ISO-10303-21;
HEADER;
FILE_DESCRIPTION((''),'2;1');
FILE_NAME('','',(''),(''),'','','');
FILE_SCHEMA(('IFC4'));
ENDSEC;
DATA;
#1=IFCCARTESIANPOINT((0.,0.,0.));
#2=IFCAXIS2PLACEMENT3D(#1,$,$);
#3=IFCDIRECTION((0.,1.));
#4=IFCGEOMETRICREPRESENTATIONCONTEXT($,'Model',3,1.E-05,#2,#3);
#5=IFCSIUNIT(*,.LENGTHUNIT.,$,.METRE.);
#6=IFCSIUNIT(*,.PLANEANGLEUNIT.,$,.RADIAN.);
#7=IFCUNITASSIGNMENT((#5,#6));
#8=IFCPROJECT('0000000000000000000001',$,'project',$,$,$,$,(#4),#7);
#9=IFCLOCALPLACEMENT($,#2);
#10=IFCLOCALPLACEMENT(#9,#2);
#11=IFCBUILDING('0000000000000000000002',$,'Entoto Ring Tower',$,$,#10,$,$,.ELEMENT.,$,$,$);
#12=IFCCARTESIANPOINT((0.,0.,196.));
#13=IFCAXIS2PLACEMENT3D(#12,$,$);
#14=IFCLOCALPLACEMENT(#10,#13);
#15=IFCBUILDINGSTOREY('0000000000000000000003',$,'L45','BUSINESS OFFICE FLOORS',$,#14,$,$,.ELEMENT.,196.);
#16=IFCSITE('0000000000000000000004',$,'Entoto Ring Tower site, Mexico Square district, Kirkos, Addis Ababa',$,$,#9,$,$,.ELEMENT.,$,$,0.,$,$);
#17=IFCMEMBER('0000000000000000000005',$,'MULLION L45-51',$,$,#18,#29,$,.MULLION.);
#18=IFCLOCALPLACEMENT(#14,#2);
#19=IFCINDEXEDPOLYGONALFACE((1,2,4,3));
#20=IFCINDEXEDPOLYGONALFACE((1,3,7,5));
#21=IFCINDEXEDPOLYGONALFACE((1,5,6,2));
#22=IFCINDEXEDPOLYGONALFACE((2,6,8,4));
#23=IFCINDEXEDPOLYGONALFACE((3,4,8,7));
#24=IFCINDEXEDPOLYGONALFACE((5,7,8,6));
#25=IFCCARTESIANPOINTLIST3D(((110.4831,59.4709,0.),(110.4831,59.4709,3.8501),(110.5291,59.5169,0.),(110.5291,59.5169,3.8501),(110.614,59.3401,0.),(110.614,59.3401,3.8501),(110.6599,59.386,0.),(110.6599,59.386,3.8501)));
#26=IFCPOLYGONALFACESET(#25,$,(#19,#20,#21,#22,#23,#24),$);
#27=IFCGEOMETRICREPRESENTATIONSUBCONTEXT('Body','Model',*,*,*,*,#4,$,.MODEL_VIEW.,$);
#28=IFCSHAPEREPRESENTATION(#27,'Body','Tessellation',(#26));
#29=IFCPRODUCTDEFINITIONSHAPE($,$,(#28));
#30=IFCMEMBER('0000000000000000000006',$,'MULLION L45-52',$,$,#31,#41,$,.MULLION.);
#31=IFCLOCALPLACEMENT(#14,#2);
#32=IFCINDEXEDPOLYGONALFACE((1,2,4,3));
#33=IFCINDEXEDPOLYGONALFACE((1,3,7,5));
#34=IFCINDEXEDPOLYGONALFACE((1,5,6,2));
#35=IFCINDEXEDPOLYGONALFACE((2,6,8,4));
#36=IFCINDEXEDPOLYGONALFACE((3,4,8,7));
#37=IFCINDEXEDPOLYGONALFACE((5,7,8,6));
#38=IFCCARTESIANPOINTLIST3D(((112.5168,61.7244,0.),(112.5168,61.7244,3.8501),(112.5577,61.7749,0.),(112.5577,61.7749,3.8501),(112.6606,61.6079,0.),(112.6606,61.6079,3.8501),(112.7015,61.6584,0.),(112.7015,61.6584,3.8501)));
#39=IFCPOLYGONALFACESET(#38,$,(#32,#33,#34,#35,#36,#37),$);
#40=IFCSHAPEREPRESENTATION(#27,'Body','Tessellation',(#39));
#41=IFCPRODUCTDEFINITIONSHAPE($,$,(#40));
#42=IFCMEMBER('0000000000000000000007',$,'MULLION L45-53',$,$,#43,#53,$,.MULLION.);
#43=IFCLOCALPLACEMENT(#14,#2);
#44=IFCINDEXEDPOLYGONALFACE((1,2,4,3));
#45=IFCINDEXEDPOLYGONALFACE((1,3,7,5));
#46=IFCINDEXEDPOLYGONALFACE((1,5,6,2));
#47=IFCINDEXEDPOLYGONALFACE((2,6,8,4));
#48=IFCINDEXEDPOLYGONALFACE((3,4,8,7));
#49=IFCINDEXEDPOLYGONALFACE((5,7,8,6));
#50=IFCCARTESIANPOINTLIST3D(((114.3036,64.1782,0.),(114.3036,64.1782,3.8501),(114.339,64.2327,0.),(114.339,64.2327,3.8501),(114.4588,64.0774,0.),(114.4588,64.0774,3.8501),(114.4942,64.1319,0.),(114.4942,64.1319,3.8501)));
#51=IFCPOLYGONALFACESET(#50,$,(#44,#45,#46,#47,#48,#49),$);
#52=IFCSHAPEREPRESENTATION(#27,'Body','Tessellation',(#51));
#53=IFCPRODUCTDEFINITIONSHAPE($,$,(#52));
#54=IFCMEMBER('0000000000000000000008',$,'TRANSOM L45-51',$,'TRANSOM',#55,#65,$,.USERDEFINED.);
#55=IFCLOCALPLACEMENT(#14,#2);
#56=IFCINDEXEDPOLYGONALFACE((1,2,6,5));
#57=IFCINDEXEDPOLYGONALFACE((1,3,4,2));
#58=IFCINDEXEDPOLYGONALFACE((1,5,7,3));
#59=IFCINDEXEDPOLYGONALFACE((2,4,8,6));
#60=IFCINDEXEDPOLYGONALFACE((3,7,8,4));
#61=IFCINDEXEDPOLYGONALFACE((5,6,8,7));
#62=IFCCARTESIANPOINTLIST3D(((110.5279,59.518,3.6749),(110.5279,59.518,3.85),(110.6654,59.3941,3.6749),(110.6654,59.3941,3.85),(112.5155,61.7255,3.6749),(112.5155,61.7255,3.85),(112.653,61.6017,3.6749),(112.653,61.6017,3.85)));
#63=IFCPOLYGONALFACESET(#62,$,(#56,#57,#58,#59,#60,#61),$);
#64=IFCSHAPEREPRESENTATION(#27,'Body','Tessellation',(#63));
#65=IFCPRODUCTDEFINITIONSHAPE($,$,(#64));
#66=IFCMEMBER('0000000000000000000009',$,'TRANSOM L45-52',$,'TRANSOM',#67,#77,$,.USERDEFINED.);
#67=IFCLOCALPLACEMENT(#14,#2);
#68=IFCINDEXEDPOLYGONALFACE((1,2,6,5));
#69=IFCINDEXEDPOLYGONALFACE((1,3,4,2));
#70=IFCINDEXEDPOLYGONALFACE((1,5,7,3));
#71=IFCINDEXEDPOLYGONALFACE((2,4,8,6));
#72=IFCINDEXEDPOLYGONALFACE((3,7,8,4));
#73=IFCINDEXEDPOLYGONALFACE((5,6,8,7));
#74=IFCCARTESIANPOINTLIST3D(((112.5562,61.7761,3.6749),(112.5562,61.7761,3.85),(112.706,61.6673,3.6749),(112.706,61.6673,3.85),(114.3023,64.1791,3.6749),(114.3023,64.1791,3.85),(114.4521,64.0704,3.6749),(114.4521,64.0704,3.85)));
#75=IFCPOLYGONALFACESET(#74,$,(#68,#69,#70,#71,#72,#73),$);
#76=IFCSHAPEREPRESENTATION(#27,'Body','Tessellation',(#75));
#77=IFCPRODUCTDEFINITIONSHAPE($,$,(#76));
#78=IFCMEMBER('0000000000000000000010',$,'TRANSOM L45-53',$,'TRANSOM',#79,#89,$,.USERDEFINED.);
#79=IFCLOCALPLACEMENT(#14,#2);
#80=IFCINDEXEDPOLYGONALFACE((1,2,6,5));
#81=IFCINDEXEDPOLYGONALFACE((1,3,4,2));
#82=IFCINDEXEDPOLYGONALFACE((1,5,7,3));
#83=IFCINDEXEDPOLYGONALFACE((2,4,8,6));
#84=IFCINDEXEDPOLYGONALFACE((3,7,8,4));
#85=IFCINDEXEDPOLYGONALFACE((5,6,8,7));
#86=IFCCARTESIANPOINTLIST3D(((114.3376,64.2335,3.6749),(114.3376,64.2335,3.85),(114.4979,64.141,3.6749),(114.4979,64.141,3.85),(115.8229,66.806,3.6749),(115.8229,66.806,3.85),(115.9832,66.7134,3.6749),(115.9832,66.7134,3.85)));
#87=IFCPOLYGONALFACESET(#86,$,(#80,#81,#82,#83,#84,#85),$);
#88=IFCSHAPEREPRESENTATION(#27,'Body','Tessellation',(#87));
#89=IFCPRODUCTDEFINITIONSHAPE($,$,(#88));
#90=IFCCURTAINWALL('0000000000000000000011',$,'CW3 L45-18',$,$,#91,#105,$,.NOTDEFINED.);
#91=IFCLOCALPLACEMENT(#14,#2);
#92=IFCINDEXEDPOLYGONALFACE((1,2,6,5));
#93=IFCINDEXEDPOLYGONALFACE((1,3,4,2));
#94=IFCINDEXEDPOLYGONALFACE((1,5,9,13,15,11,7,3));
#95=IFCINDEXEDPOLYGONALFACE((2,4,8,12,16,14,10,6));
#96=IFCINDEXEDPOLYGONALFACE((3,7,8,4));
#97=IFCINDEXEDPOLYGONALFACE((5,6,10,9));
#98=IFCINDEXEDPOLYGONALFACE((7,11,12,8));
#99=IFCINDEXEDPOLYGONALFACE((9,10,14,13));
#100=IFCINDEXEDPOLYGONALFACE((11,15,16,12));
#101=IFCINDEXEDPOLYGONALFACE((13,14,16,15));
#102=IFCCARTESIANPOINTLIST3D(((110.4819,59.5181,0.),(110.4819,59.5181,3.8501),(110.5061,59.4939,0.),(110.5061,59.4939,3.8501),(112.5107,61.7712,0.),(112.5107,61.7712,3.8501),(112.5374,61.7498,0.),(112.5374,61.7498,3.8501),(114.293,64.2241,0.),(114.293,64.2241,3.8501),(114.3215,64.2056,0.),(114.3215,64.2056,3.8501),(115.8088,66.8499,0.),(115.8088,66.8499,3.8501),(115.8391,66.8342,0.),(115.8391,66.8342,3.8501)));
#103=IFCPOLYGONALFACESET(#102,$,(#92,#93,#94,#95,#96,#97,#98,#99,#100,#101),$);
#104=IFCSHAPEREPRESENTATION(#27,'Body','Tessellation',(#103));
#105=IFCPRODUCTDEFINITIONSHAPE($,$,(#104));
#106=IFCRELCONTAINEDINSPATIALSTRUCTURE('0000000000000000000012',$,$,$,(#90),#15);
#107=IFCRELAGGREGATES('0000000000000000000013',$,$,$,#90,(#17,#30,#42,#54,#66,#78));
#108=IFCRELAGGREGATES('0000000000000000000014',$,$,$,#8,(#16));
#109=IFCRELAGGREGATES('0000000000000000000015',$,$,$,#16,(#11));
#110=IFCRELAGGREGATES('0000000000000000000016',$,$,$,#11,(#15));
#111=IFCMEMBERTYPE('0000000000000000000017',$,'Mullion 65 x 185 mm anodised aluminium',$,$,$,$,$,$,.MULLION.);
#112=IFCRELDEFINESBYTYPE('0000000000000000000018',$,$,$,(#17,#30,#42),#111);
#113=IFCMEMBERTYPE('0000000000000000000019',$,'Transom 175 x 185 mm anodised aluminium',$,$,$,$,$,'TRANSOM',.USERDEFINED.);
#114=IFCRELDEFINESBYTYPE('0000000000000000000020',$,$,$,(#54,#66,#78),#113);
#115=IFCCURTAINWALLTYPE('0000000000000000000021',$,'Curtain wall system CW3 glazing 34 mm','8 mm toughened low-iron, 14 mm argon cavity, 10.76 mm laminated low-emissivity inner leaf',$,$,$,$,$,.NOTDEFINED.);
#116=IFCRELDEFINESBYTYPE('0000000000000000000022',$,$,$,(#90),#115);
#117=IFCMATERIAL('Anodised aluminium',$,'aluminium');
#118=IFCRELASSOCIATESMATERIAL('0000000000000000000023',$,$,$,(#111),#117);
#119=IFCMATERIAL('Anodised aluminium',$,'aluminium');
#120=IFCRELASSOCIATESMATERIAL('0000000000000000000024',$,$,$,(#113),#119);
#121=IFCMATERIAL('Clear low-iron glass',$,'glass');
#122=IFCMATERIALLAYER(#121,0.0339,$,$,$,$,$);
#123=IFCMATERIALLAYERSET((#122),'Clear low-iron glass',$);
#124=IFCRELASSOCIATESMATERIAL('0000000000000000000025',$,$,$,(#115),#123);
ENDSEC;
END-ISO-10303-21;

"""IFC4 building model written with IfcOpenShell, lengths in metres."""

from ifc_helpers import new_model, si_unit, direction, frame, origin, origin_2d, place, context, subcontext, project, spatial, polyline, rectangle, outline, extrude, material, layer, layer_set, material_profile, profile_set, type_object, element, aggregate, save


model = new_model("IFC4")

# Units and contexts
model_context = context("Model", 3, precision=1e-05, world=origin(), true_north=direction((0.0, 1.0)))
body_context = subcontext(model_context, "Body", "Model", "MODEL_VIEW")
ifc_project = project(units=[si_unit("LENGTHUNIT", "METRE"), si_unit("PLANEANGLEUNIT", "RADIAN")], contexts=[model_context])

# Members
ifc_material_1 = material(Name="Anodised aluminium", Category="aluminium")
ifc_material_profile_1 = material_profile(ifc_material_1, rectangle(XDim=0.0649, YDim=0.1851, at=origin_2d()), Name="Mullion 65 x 185 mm anodised aluminium")
ifc_profile_set_1 = profile_set([ifc_material_profile_1], Name="Anodised aluminium")
member_type_1 = type_object("IfcMemberType", Name="Mullion 65 x 185 mm anodised aluminium", PredefinedType="MULLION", material=ifc_profile_set_1)
site_placement = place(None, origin())
building_placement = place(site_placement, origin())
storey_placement = place(building_placement, frame((0.0, 0.0, 196.0)))
member_1_placement = place(storey_placement, frame((110.5715, 59.4285, 0.0), z_axis=(0.0, 0.0, 1.0), x_axis=(0.707107, 0.707107, 0.0)))
member_1 = element("IfcMember", 1, at=member_1_placement, type_object=member_type_1, Name="MULLION L45-51", PredefinedType="MULLION", context=body_context, shape_type="SweptSolid", body=[
    extrude(rectangle(XDim=0.0649, YDim=0.1851, at=origin_2d()), origin(), (0.0, 0.0, 1.0), 3.8501),
])
member_2_placement = place(storey_placement, frame((112.6091, 61.6914, 0.0), z_axis=(0.0, 0.0, 1.0), x_axis=(0.62932, 0.777146, 0.0)))
member_2 = element("IfcMember", 2, at=member_2_placement, type_object=member_type_1, Name="MULLION L45-52", PredefinedType="MULLION", context=body_context, shape_type="SweptSolid", body=[
    extrude(rectangle(XDim=0.0649, YDim=0.1851, at=origin_2d()), origin(), (0.0, 0.0, 1.0), 3.8501),
])
member_3_placement = place(storey_placement, frame((114.3989, 64.155, 0.0), z_axis=(0.0, 0.0, 1.0), x_axis=(0.544639, 0.838671, 0.0)))
member_3 = element("IfcMember", 3, at=member_3_placement, type_object=member_type_1, Name="MULLION L45-53", PredefinedType="MULLION", context=body_context, shape_type="SweptSolid", body=[
    extrude(rectangle(XDim=0.0649, YDim=0.1851, at=origin_2d()), origin(), (0.0, 0.0, 1.0), 3.8501),
])
ifc_material_2 = material(Name="Anodised aluminium", Category="aluminium")
ifc_material_profile_2 = material_profile(ifc_material_2, rectangle(XDim=0.1851, YDim=0.175, at=origin_2d()), Name="Transom 175 x 185 mm anodised aluminium")
ifc_profile_set_2 = profile_set([ifc_material_profile_2], Name="Anodised aluminium")
member_type_2 = type_object("IfcMemberType", Name="Transom 175 x 185 mm anodised aluminium", ElementType="TRANSOM", PredefinedType="USERDEFINED", material=ifc_profile_set_2)
member_4_placement = place(storey_placement, frame((110.5967, 59.4561, 3.7625), z_axis=(0.66911, 0.743163, 0.0), x_axis=(-0.743163, 0.66911, 0.0)))
member_4 = element("IfcMember", 4, at=member_4_placement, type_object=member_type_2, Name="TRANSOM L45-51", ObjectType="TRANSOM", PredefinedType="USERDEFINED", context=body_context, shape_type="SweptSolid", body=[
    extrude(rectangle(XDim=0.1851, YDim=0.175, at=origin_2d()), origin(), (0.0, 0.0, 1.0), 2.9705),
])
member_5_placement = place(storey_placement, frame((112.6311, 61.7217, 3.7625), z_axis=(0.58782, 0.808992, 0.0), x_axis=(-0.808992, 0.58782, 0.0)))
member_5 = element("IfcMember", 5, at=member_5_placement, type_object=member_type_2, Name="TRANSOM L45-52", ObjectType="TRANSOM", PredefinedType="USERDEFINED", context=body_context, shape_type="SweptSolid", body=[
    extrude(rectangle(XDim=0.1851, YDim=0.175, at=origin_2d()), origin(), (0.0, 0.0, 1.0), 2.9705),
])
member_6_placement = place(storey_placement, frame((114.4177, 64.1873, 3.7625), z_axis=(0.500028, 0.866009, 0.0), x_axis=(-0.866009, 0.500028, 0.0)))
member_6 = element("IfcMember", 6, at=member_6_placement, type_object=member_type_2, Name="TRANSOM L45-53", ObjectType="TRANSOM", PredefinedType="USERDEFINED", context=body_context, shape_type="SweptSolid", body=[
    extrude(rectangle(XDim=0.1851, YDim=0.175, at=origin_2d()), origin(), (0.0, 0.0, 1.0), 2.9705),
])

# Site, building, storey
site = spatial("IfcSite", under=ifc_project, at=site_placement, Name="Entoto Ring Tower site, Mexico Square district, Kirkos, Addis Ababa", CompositionType="ELEMENT", RefElevation=0.0)
building = spatial("IfcBuilding", under=site, at=building_placement, Name="Entoto Ring Tower", CompositionType="ELEMENT")
storey = spatial("IfcBuildingStorey", under=building, at=storey_placement, Name="L45", Description="BUSINESS OFFICE FLOORS", CompositionType="ELEMENT", Elevation=196.0)

# Curtain wall
ifc_material_3 = material(Name="Clear low-iron glass", Category="glass")
ifc_layer_1 = layer(ifc_material_3, 0.0339)
ifc_layer_set_1 = layer_set([ifc_layer_1], Name="Clear low-iron glass")
curtain_wall_type = type_object("IfcCurtainWallType", Name="Curtain wall system CW3 glazing 34 mm", Description="8 mm toughened low-iron, 14 mm argon cavity, 10.76 mm laminated low-emissivity inner leaf", PredefinedType="NOTDEFINED", material=ifc_layer_set_1)
curtain_wall_1_placement = place(storey_placement, origin())
curtain_wall_1 = element("IfcCurtainWall", 7, at=curtain_wall_1_placement, inside=storey, type_object=curtain_wall_type, Name="CW3 L45-18", PredefinedType="NOTDEFINED", context=body_context, shape_type="SweptSolid", body=[
    extrude(outline(polyline([(110.5061, 59.4939), (112.5374, 61.7498), (114.3215, 64.2056), (115.8391, 66.8342), (115.8088, 66.8499), (114.293, 64.2241), (112.5107, 61.7712), (110.4819, 59.5181), (110.5061, 59.4939)])), origin(), (0.0, 0.0, 1.0), 3.8501),
])
aggregate(curtain_wall_1, [member_1, member_2, member_3, member_4, member_5, member_6])

save(model, "model.ifc")
